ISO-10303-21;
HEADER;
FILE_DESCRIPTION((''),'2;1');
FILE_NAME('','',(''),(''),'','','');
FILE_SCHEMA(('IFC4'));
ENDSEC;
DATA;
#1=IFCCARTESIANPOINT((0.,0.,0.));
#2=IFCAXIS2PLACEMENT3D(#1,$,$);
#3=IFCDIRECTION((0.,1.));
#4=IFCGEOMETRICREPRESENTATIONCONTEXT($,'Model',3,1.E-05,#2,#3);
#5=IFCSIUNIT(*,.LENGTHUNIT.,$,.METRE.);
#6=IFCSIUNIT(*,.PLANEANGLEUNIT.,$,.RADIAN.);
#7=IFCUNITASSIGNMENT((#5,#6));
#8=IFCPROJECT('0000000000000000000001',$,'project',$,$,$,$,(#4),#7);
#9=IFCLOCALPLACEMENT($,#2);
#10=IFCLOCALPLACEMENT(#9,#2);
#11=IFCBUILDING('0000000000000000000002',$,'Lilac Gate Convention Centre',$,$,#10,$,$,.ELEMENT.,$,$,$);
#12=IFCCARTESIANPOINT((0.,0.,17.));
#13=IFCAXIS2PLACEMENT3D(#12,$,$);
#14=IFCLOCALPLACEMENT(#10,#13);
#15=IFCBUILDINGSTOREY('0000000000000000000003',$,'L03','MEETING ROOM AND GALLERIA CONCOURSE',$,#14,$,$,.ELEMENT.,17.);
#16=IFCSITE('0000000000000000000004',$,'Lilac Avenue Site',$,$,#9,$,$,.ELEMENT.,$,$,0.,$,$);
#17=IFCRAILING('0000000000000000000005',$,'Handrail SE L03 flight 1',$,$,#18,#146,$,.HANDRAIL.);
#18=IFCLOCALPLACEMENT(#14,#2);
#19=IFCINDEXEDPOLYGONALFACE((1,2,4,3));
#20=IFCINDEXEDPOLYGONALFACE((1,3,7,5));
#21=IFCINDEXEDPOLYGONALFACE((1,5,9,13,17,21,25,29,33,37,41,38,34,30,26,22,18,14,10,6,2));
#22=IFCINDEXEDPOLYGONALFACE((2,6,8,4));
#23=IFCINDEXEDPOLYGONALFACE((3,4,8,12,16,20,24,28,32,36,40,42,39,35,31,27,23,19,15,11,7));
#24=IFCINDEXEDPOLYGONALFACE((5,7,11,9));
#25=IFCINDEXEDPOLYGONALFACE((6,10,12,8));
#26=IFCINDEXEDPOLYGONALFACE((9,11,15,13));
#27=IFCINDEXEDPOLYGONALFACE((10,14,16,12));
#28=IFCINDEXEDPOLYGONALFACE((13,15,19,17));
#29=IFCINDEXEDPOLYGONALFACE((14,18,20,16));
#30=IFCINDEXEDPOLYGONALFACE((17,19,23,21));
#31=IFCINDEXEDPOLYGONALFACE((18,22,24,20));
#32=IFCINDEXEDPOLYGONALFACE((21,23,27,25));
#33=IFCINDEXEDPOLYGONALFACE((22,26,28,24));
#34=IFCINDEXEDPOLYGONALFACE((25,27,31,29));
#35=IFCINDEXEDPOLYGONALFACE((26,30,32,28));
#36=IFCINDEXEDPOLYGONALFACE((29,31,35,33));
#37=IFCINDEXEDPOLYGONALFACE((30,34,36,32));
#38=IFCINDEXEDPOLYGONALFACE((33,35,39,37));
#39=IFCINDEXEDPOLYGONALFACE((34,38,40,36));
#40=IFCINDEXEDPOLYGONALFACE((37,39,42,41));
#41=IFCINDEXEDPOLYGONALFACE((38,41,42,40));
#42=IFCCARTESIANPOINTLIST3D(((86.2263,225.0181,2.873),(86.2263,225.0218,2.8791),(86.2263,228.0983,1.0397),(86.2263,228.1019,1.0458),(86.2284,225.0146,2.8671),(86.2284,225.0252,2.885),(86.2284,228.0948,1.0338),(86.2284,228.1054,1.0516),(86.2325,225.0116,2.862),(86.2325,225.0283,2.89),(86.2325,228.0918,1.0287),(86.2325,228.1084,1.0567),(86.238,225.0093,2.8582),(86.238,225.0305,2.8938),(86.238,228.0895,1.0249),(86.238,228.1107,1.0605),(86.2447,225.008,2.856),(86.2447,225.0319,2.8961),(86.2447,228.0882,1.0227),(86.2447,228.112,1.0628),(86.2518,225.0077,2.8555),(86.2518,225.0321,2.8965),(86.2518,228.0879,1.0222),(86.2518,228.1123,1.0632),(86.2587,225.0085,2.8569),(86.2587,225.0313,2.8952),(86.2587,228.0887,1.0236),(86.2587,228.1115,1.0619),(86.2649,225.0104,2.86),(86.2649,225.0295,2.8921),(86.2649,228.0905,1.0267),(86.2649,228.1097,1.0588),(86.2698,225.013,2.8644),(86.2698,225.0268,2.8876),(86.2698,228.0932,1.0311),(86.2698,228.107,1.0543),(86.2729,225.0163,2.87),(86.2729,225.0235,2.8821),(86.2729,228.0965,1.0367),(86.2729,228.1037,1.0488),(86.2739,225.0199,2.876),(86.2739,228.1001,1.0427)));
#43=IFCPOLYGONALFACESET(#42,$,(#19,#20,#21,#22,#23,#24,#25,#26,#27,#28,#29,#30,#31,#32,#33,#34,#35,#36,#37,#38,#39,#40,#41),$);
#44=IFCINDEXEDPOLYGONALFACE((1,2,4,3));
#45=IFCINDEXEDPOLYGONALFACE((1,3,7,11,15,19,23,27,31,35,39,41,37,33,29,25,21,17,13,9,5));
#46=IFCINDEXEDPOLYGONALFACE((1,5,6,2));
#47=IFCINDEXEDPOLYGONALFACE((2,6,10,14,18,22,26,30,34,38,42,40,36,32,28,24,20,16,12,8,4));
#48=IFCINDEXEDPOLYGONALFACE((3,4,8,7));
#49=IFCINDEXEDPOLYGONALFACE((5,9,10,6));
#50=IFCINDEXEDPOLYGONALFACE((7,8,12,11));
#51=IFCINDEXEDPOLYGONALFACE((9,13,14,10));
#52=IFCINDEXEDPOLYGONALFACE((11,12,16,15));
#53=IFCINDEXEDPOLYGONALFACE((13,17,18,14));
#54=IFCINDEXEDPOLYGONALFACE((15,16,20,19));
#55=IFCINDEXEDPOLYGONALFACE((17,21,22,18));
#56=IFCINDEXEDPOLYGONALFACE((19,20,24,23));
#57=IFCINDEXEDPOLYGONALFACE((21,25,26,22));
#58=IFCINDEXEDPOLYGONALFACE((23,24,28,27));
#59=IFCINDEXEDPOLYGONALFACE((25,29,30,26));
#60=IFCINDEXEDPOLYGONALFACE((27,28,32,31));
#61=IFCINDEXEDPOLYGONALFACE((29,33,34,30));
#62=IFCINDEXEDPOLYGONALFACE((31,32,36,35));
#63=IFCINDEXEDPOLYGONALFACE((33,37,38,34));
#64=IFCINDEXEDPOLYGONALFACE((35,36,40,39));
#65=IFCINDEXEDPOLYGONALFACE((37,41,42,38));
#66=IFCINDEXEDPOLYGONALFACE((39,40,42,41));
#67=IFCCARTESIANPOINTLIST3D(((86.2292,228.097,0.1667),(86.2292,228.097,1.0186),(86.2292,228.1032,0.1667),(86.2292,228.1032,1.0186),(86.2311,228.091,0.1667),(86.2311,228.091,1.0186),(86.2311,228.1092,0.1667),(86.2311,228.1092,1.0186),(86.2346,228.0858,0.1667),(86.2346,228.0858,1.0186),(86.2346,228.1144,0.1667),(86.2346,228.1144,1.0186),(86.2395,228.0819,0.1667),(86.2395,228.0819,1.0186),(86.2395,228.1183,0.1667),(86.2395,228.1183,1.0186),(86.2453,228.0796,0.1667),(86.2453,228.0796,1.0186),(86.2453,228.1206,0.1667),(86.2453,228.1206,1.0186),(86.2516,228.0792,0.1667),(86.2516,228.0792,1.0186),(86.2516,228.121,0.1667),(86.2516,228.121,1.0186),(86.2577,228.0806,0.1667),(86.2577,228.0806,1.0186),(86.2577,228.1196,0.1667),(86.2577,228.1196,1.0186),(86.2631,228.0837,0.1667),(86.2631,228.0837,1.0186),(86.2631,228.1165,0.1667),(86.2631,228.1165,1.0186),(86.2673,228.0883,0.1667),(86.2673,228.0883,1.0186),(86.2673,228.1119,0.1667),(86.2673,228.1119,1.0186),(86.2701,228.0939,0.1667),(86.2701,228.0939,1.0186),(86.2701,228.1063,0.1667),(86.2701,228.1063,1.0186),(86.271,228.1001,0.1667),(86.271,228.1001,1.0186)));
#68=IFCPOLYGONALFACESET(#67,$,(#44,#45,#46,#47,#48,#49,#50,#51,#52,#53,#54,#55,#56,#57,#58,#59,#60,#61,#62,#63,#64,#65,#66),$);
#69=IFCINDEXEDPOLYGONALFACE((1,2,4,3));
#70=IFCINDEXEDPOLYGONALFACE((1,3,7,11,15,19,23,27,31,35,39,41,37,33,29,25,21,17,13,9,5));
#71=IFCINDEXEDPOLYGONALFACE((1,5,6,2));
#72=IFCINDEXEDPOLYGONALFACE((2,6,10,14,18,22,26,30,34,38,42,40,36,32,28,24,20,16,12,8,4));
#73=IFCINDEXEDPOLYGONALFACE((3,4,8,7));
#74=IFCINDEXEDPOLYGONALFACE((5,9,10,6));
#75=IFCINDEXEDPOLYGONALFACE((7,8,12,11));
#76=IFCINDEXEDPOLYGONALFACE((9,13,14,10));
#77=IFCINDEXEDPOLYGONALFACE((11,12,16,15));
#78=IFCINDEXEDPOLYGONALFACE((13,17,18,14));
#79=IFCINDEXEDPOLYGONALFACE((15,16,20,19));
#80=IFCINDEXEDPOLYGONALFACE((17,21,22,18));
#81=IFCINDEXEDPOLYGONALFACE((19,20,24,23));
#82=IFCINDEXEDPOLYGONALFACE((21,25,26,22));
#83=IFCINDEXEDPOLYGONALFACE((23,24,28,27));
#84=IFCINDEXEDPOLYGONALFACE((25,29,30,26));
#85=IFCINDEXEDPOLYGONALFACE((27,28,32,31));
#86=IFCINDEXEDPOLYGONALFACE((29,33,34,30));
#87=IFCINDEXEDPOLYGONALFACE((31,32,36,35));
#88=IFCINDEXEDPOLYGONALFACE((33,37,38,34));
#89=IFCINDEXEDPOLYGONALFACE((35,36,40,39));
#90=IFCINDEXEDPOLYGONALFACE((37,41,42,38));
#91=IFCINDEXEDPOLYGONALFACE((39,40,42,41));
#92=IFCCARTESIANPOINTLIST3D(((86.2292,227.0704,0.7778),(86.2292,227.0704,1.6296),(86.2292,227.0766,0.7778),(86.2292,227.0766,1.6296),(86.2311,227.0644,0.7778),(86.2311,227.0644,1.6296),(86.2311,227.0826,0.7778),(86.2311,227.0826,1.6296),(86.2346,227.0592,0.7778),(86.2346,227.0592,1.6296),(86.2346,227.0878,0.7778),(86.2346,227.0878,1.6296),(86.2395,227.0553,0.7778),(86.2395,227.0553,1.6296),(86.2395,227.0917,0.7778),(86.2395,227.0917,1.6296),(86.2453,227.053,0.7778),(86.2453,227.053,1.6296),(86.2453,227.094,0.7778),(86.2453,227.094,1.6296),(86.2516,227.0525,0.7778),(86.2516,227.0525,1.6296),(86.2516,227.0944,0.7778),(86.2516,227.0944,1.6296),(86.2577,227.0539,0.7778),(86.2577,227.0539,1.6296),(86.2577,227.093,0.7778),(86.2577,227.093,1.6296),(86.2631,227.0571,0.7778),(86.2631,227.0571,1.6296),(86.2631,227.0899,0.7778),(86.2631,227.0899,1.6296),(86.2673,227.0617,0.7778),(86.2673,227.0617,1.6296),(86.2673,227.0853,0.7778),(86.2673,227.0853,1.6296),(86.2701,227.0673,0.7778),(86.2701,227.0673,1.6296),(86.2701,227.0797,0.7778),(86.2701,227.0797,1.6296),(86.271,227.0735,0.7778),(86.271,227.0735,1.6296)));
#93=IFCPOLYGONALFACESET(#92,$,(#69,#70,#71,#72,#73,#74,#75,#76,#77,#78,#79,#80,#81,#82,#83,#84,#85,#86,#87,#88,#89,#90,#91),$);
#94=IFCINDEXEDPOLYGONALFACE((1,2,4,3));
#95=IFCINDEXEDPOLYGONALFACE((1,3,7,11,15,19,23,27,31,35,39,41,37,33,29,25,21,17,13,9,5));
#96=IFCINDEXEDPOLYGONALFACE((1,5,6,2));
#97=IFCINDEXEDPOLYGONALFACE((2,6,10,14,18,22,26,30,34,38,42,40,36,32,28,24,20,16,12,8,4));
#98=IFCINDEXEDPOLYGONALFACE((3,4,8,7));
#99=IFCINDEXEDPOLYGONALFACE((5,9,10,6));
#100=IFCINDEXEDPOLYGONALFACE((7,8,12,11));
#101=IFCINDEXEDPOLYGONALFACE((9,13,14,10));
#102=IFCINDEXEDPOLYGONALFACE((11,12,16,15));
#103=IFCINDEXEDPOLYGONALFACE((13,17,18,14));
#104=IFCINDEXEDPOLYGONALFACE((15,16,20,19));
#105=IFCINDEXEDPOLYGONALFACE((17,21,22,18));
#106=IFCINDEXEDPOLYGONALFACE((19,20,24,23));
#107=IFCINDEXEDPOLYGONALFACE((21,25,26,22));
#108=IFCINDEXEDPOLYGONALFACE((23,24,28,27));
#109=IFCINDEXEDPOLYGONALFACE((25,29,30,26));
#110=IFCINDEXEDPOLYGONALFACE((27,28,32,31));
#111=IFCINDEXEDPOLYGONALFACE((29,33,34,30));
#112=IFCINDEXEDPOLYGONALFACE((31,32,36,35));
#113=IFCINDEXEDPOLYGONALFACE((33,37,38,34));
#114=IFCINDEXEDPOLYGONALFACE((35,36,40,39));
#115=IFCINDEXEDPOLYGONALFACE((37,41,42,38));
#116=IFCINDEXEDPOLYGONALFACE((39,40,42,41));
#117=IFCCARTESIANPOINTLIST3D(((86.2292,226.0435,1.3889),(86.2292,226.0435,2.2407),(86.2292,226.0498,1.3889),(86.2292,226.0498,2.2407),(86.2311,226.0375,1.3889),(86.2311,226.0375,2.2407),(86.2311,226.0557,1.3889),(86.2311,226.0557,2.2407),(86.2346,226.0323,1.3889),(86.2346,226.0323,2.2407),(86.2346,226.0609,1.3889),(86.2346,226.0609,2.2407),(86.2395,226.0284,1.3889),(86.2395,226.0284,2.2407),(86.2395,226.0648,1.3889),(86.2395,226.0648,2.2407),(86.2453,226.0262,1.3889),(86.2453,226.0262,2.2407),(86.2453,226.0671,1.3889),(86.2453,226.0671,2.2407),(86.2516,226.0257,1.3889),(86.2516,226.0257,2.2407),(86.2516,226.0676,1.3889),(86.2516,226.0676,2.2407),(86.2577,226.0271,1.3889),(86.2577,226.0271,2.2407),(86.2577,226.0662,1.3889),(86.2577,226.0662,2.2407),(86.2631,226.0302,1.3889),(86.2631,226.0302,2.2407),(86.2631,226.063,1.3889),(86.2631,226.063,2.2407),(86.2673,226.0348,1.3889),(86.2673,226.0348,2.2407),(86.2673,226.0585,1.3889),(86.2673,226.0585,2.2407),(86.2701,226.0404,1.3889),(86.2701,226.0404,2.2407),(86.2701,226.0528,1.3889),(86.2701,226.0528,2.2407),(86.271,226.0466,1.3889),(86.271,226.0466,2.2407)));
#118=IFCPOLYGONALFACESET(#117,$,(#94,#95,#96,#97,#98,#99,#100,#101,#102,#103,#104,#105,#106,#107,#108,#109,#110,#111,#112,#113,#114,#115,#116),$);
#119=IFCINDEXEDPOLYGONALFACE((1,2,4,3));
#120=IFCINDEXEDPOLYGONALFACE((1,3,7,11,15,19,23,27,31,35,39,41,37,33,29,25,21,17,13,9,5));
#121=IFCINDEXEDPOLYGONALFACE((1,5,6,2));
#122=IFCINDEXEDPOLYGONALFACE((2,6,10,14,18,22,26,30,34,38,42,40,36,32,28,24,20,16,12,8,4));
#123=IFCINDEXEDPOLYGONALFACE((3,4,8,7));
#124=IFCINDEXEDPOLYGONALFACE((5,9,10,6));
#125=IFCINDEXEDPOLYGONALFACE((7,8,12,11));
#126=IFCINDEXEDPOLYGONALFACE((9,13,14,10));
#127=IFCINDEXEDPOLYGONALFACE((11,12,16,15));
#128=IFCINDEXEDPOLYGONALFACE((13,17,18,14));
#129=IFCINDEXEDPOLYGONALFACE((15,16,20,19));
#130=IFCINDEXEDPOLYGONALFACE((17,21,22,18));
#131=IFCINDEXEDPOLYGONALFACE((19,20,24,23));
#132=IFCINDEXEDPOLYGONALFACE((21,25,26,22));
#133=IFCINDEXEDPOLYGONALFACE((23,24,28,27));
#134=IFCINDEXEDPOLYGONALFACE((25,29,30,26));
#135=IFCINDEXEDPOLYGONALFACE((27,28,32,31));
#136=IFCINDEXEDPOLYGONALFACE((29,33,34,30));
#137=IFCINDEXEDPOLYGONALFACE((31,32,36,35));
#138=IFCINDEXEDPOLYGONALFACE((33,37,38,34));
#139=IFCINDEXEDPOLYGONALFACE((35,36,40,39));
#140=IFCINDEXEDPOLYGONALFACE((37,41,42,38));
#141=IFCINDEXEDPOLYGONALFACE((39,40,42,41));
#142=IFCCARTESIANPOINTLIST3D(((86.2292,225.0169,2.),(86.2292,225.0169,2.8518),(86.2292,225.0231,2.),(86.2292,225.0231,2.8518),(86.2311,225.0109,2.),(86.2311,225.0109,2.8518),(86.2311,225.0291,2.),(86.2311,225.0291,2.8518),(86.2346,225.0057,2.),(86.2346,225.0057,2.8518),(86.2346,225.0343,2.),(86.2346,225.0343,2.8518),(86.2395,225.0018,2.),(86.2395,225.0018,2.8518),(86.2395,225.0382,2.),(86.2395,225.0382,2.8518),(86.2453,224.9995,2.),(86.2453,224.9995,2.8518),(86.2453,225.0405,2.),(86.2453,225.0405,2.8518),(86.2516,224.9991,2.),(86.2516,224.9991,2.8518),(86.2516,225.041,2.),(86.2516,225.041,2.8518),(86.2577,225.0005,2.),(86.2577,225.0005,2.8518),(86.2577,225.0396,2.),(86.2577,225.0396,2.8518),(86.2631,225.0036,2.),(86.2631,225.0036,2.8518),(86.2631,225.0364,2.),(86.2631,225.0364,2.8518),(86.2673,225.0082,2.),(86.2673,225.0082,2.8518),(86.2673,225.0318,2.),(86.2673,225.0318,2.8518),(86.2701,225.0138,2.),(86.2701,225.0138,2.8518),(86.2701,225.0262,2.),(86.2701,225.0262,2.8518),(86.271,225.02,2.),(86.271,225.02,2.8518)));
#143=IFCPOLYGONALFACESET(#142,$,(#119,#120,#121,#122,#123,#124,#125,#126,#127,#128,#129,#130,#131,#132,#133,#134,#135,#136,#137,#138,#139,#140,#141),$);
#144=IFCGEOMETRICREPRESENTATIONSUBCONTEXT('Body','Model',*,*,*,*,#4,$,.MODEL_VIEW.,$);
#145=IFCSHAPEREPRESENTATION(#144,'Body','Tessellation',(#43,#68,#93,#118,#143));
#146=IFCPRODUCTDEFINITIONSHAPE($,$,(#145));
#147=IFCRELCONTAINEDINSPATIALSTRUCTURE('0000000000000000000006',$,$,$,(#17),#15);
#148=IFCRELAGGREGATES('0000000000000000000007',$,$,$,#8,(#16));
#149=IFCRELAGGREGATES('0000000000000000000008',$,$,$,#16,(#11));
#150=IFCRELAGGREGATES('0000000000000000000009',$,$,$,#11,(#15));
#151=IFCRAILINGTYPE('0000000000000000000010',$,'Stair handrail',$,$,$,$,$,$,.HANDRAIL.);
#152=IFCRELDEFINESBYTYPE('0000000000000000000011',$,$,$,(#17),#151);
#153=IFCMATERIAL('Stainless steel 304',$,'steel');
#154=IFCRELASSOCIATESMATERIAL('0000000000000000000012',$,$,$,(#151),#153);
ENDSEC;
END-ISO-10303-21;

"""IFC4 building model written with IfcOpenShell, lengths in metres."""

from ifc_helpers import new_model, si_unit, direction, frame, origin, origin_2d, place, context, subcontext, project, spatial, circle, extrude, material, type_object, element, save


model = new_model("IFC4")

# Units and contexts
model_context = context("Model", 3, precision=1e-05, world=origin(), true_north=direction((0.0, 1.0)))
body_context = subcontext(model_context, "Body", "Model", "MODEL_VIEW")
ifc_project = project(units=[si_unit("LENGTHUNIT", "METRE"), si_unit("PLANEANGLEUNIT", "RADIAN")], contexts=[model_context])

# Site, building, storey
site_placement = place(None, origin())
site = spatial("IfcSite", under=ifc_project, at=site_placement, Name="Lilac Avenue Site", CompositionType="ELEMENT", RefElevation=0.0)
building_placement = place(site_placement, origin())
building = spatial("IfcBuilding", under=site, at=building_placement, Name="Lilac Gate Convention Centre", CompositionType="ELEMENT")
storey_placement = place(building_placement, frame((0.0, 0.0, 17.0)))
storey = spatial("IfcBuildingStorey", under=building, at=storey_placement, Name="L03", Description="MEETING ROOM AND GALLERIA CONCOURSE", CompositionType="ELEMENT", Elevation=17.0)

# Railing
ifc_material_1 = material(Name="Stainless steel 304", Category="steel")
railing_type = type_object("IfcRailingType", Name="Stair handrail", PredefinedType="HANDRAIL", material=ifc_material_1)
for number, where, name in (
    (1, (86.25, 228.1001, 0.1667), "Handrail SE L03 flight 1"),
):
    element("IfcRailing", number, at=place(storey_placement, frame(where)), inside=storey, type_object=railing_type, Name=name, PredefinedType="HANDRAIL", context=body_context, shape_type="SweptSolid", body=[
        extrude(circle(Radius=0.0239, at=origin_2d()), frame((0.0, 0.0, 0.876), z_axis=(0.0, -0.859309, 0.511458), x_axis=(1.0, 0.0, 0.0)), (0.0, 0.0, 1.0), 3.5845),
        extrude(circle(Radius=0.021, at=origin_2d()), origin(), (0.0, 0.0, 1.0), 0.8518),
        extrude(circle(Radius=0.021, at=origin_2d()), frame((0.0, -1.0266, 0.6111)), (0.0, 0.0, 1.0), 0.8518),
        extrude(circle(Radius=0.021, at=origin_2d()), frame((0.0, -2.0535, 1.2222)), (0.0, 0.0, 1.0), 0.8518),
        extrude(circle(Radius=0.021, at=origin_2d()), frame((0.0, -3.0801, 1.8333)), (0.0, 0.0, 1.0), 0.8518),
    ])

save(model, "model.ifc")
